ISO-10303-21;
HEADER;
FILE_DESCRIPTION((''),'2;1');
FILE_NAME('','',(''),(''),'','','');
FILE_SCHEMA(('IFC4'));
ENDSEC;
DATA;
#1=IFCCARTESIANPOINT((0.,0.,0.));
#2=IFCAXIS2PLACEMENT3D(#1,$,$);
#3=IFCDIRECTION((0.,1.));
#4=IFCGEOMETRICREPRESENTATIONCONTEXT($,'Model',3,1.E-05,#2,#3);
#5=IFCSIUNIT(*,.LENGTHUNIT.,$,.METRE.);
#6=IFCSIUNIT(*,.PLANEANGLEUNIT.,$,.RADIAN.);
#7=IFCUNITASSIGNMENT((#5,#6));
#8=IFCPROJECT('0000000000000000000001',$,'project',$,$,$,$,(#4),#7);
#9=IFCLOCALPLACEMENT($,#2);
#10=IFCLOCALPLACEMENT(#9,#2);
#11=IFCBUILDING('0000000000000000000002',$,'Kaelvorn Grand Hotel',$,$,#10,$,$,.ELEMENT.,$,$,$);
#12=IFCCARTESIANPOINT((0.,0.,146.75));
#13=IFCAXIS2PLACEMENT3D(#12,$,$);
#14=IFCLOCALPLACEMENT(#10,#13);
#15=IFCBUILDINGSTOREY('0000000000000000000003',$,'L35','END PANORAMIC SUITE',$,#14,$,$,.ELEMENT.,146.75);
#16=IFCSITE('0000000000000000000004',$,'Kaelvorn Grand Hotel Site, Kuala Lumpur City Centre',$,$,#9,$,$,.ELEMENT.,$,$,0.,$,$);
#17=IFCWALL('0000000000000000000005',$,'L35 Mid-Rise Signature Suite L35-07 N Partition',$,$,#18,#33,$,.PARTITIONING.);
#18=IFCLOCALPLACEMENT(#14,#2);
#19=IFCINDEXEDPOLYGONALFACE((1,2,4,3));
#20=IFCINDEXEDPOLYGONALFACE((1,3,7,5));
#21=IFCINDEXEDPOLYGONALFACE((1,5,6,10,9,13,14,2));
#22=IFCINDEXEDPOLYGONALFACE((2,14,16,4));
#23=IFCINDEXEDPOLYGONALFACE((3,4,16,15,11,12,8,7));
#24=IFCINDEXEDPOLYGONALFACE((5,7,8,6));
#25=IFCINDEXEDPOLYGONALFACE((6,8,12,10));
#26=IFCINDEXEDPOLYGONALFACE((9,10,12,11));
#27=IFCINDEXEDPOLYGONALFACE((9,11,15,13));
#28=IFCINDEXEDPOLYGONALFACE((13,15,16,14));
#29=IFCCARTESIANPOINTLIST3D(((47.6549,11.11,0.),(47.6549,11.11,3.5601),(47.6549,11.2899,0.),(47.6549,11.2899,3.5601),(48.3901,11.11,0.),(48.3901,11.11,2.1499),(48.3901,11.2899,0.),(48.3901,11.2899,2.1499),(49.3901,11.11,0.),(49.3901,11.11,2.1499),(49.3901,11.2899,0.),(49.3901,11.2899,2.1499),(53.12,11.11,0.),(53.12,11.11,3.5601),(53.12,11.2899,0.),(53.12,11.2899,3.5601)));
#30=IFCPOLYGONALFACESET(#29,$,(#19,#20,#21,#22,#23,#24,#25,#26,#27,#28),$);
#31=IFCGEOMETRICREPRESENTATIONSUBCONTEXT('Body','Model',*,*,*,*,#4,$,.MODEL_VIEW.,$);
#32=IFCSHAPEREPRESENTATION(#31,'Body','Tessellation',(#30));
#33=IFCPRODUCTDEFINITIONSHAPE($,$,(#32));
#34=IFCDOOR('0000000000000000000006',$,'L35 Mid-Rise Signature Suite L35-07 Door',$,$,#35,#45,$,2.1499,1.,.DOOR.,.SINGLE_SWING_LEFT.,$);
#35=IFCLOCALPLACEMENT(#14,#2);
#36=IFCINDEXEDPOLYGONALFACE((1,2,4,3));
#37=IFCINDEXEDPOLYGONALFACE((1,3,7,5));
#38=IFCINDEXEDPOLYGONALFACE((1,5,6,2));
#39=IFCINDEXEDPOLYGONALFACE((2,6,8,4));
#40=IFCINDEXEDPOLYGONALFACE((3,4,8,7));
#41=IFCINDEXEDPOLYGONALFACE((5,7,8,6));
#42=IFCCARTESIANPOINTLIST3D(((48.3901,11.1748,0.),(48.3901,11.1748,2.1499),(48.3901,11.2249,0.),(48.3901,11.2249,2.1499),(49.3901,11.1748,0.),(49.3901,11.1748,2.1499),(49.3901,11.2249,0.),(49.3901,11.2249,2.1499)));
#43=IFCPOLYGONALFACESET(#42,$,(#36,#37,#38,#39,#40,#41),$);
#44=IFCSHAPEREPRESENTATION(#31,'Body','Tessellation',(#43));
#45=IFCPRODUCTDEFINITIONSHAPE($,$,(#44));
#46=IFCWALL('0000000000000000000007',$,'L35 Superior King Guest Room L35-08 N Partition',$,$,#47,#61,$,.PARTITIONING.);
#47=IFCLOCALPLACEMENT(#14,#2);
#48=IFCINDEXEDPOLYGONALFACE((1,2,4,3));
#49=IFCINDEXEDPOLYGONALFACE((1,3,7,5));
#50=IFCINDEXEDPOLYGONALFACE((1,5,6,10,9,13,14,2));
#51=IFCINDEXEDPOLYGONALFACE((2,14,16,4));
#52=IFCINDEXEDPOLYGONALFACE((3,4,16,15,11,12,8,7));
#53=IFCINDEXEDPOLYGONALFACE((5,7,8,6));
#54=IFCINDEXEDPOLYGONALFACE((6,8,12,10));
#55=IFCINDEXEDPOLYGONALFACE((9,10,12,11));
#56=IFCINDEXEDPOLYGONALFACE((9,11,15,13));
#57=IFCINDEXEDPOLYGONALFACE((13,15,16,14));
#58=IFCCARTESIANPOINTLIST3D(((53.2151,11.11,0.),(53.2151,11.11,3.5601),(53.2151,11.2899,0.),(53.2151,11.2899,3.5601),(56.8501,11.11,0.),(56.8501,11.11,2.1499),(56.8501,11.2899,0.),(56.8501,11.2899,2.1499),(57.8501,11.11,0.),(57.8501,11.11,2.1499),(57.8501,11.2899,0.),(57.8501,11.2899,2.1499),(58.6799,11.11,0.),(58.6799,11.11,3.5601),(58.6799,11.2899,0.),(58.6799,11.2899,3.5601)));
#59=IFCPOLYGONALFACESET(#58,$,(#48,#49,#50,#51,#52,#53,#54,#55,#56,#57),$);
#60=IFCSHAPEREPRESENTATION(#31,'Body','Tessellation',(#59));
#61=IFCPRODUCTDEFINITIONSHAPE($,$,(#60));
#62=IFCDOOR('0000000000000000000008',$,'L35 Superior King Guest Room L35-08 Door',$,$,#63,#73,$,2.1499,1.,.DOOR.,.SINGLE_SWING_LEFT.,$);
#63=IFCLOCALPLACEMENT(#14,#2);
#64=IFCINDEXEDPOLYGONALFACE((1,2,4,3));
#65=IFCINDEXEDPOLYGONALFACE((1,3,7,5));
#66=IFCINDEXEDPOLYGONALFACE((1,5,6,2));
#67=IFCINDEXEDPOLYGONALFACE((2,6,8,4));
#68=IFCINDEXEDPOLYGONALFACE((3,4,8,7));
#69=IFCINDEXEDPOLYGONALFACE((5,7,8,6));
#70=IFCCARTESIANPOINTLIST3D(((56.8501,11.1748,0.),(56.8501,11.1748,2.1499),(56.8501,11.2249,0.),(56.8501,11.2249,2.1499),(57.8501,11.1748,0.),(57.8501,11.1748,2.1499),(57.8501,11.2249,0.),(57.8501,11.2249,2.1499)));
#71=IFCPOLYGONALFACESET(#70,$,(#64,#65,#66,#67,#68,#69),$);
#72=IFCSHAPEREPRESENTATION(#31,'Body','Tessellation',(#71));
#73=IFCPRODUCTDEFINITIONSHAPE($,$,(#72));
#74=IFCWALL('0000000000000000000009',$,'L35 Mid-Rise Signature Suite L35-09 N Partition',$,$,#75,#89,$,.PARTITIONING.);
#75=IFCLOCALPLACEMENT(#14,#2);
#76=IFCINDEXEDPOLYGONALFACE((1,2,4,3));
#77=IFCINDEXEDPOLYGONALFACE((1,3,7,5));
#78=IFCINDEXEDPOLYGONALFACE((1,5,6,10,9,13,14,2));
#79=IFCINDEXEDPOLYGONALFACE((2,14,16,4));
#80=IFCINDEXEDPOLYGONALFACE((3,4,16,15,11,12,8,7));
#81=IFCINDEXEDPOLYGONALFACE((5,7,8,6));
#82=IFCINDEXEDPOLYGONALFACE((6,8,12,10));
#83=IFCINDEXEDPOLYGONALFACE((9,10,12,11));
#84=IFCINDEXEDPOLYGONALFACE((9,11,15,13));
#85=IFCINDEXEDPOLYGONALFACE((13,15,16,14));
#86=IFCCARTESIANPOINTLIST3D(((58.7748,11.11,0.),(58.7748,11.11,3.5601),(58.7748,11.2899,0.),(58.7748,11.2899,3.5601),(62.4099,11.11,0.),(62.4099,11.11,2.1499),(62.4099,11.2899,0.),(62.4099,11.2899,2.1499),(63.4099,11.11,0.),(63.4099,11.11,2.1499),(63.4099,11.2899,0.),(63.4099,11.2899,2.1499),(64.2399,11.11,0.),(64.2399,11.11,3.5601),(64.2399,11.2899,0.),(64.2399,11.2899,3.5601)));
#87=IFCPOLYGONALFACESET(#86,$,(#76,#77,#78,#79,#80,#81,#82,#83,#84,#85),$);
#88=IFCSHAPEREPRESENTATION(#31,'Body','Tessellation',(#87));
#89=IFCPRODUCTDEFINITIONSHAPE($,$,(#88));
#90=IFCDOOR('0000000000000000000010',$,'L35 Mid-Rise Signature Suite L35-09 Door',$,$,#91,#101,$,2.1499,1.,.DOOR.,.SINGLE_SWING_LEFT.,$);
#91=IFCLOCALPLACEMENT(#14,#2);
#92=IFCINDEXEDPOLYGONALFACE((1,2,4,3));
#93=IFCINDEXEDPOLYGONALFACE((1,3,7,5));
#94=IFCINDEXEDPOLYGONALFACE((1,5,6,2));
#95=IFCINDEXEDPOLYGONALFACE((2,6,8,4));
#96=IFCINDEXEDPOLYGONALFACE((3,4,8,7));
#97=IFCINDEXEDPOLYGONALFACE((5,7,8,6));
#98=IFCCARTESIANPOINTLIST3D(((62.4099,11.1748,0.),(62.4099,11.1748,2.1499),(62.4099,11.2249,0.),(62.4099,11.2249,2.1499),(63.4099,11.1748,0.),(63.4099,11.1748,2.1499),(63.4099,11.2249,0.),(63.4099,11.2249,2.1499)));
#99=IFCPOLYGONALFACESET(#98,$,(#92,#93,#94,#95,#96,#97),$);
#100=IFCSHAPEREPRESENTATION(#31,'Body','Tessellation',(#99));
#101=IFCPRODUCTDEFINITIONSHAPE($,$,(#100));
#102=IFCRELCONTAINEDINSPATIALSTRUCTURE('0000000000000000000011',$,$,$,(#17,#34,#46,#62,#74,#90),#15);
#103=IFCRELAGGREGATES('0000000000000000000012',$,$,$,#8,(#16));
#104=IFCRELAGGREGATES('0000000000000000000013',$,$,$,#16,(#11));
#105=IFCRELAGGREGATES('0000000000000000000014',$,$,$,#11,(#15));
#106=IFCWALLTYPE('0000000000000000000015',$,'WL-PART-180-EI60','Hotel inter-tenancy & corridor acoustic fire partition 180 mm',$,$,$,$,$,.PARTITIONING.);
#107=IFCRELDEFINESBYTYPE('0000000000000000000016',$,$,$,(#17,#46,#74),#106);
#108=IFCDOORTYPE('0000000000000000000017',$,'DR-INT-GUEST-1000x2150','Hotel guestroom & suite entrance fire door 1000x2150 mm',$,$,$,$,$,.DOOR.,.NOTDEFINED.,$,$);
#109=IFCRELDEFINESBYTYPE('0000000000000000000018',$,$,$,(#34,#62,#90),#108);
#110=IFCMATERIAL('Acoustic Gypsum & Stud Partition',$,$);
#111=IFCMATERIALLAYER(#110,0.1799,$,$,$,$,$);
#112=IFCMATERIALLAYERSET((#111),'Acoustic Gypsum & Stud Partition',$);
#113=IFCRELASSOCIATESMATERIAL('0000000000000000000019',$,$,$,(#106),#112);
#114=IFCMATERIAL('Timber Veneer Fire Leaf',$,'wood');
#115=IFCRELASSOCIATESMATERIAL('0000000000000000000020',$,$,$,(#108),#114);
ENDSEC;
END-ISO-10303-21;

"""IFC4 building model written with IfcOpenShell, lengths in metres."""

from ifc_helpers import new_model, si_unit, direction, frame, frame_2d, origin, place, context, subcontext, project, spatial, rectangle, extrude, material, layer, layer_set, type_object, element, fill, save


model = new_model("IFC4")

# Units and contexts
model_context = context("Model", 3, precision=1e-05, world=origin(), true_north=direction((0.0, 1.0)))
body_context = subcontext(model_context, "Body", "Model", "MODEL_VIEW")
ifc_project = project(units=[si_unit("LENGTHUNIT", "METRE"), si_unit("PLANEANGLEUNIT", "RADIAN")], contexts=[model_context])

# Site, building, storey
site_placement = place(None, origin())
site = spatial("IfcSite", under=ifc_project, at=site_placement, Name="Kaelvorn Grand Hotel Site, Kuala Lumpur City Centre", CompositionType="ELEMENT", RefElevation=0.0)
building_placement = place(site_placement, origin())
building = spatial("IfcBuilding", under=site, at=building_placement, Name="Kaelvorn Grand Hotel", CompositionType="ELEMENT")
storey_placement = place(building_placement, frame((0.0, 0.0, 146.75)))
storey = spatial("IfcBuildingStorey", under=building, at=storey_placement, Name="L35", Description="END PANORAMIC SUITE", CompositionType="ELEMENT", Elevation=146.75)

# Shared definitions
ifc_material_1 = material(Name="Acoustic Gypsum & Stud Partition")
ifc_material_2 = material(Name="Timber Veneer Fire Leaf", Category="wood")

# Walls, openings, doors
ifc_layer_1 = layer(ifc_material_1, 0.1799)
ifc_layer_set_1 = layer_set([ifc_layer_1], Name="Acoustic Gypsum & Stud Partition")
wall_type_1 = type_object("IfcWallType", Name="WL-PART-180-EI60", Description="Hotel inter-tenancy & corridor acoustic fire partition 180 mm", PredefinedType="PARTITIONING", material=ifc_layer_set_1)
wall_1_placement = place(storey_placement, frame((47.655, 11.2, 0.0), z_axis=(0.0, 0.0, 1.0), x_axis=(1.0, 0.0, 0.0)))
wall_1 = element("IfcWall", 1, at=wall_1_placement, inside=storey, type_object=wall_type_1, Name="L35 Mid-Rise Signature Suite L35-07 N Partition", PredefinedType="PARTITIONING", context=body_context, shape_type="SweptSolid", body=[
    extrude(rectangle(XDim=5.4651, YDim=0.1799, at=frame_2d((2.7324, 0.0))), origin(), (0.0, 0.0, 1.0), 3.5601),
])
opening_1_placement = place(wall_1_placement, frame((0.7351, 0.0, 0.0)))
opening_1 = element("IfcOpeningElement", 2, at=opening_1_placement, cuts=wall_1, PredefinedType="OPENING", context=body_context, shape_type="SweptSolid", body=[
    extrude(rectangle(XDim=1.0, YDim=2.1499, at=frame_2d((0.5, 1.075))), frame((0.0, 0.1001, 0.0), z_axis=(0.0, -1.0, 0.0), x_axis=(1.0, 0.0, 0.0)), (0.0, 0.0, 1.0), 0.2),
])
door_type_1 = type_object("IfcDoorType", Name="DR-INT-GUEST-1000x2150", Description="Hotel guestroom & suite entrance fire door 1000x2150 mm", OperationType="NOTDEFINED", PredefinedType="DOOR", material=ifc_material_2)
door_1_placement = place(opening_1_placement, origin())
door_1 = element("IfcDoor", 3, at=door_1_placement, inside=storey, type_object=door_type_1, Name="L35 Mid-Rise Signature Suite L35-07 Door", OperationType="SINGLE_SWING_LEFT", OverallHeight=2.1499, OverallWidth=1.0, PredefinedType="DOOR", context=body_context, shape_type="SweptSolid", body=[
    extrude(rectangle(XDim=1.0, YDim=2.1499, at=frame_2d((0.5, 1.075))), frame((0.0, 0.0249, 0.0), z_axis=(0.0, -1.0, 0.0), x_axis=(1.0, 0.0, 0.0)), (0.0, 0.0, 1.0), 0.05),
])
fill(opening_1, door_1)
wall_2_placement = place(storey_placement, frame((53.2151, 11.2, 0.0), z_axis=(0.0, 0.0, 1.0), x_axis=(1.0, 0.0, 0.0)))
wall_2 = element("IfcWall", 4, at=wall_2_placement, inside=storey, type_object=wall_type_1, Name="L35 Superior King Guest Room L35-08 N Partition", PredefinedType="PARTITIONING", context=body_context, shape_type="SweptSolid", body=[
    extrude(rectangle(XDim=5.4648, YDim=0.1799, at=frame_2d((2.7324, 0.0))), origin(), (0.0, 0.0, 1.0), 3.5601),
])
opening_2_placement = place(wall_2_placement, frame((3.635, 0.0, 0.0)))
opening_2 = element("IfcOpeningElement", 5, at=opening_2_placement, cuts=wall_2, PredefinedType="OPENING", context=body_context, shape_type="SweptSolid", body=[
    extrude(rectangle(XDim=1.0, YDim=2.1499, at=frame_2d((0.5, 1.075))), frame((0.0, 0.1001, 0.0), z_axis=(0.0, -1.0, 0.0), x_axis=(1.0, 0.0, 0.0)), (0.0, 0.0, 1.0), 0.2),
])
door_2_placement = place(opening_2_placement, origin())
door_2 = element("IfcDoor", 6, at=door_2_placement, inside=storey, type_object=door_type_1, Name="L35 Superior King Guest Room L35-08 Door", OperationType="SINGLE_SWING_LEFT", OverallHeight=2.1499, OverallWidth=1.0, PredefinedType="DOOR", context=body_context, shape_type="SweptSolid", body=[
    extrude(rectangle(XDim=1.0, YDim=2.1499, at=frame_2d((0.5, 1.075))), frame((0.0, 0.0249, 0.0), z_axis=(0.0, -1.0, 0.0), x_axis=(1.0, 0.0, 0.0)), (0.0, 0.0, 1.0), 0.05),
])
fill(opening_2, door_2)
wall_3_placement = place(storey_placement, frame((58.7749, 11.2, 0.0), z_axis=(0.0, 0.0, 1.0), x_axis=(1.0, 0.0, 0.0)))
wall_3 = element("IfcWall", 7, at=wall_3_placement, inside=storey, type_object=wall_type_1, Name="L35 Mid-Rise Signature Suite L35-09 N Partition", PredefinedType="PARTITIONING", context=body_context, shape_type="SweptSolid", body=[
    extrude(rectangle(XDim=5.4651, YDim=0.1799, at=frame_2d((2.7324, 0.0))), origin(), (0.0, 0.0, 1.0), 3.5601),
])
opening_3_placement = place(wall_3_placement, frame((3.635, 0.0, 0.0)))
opening_3 = element("IfcOpeningElement", 8, at=opening_3_placement, cuts=wall_3, PredefinedType="OPENING", context=body_context, shape_type="SweptSolid", body=[
    extrude(rectangle(XDim=1.0, YDim=2.1499, at=frame_2d((0.5, 1.075))), frame((0.0, 0.1001, 0.0), z_axis=(0.0, -1.0, 0.0), x_axis=(1.0, 0.0, 0.0)), (0.0, 0.0, 1.0), 0.2),
])
door_3_placement = place(opening_3_placement, origin())
door_3 = element("IfcDoor", 9, at=door_3_placement, inside=storey, type_object=door_type_1, Name="L35 Mid-Rise Signature Suite L35-09 Door", OperationType="SINGLE_SWING_LEFT", OverallHeight=2.1499, OverallWidth=1.0, PredefinedType="DOOR", context=body_context, shape_type="SweptSolid", body=[
    extrude(rectangle(XDim=1.0, YDim=2.1499, at=frame_2d((0.5, 1.075))), frame((0.0, 0.0249, 0.0), z_axis=(0.0, -1.0, 0.0), x_axis=(1.0, 0.0, 0.0)), (0.0, 0.0, 1.0), 0.05),
])
fill(opening_3, door_3)

save(model, "model.ifc")
